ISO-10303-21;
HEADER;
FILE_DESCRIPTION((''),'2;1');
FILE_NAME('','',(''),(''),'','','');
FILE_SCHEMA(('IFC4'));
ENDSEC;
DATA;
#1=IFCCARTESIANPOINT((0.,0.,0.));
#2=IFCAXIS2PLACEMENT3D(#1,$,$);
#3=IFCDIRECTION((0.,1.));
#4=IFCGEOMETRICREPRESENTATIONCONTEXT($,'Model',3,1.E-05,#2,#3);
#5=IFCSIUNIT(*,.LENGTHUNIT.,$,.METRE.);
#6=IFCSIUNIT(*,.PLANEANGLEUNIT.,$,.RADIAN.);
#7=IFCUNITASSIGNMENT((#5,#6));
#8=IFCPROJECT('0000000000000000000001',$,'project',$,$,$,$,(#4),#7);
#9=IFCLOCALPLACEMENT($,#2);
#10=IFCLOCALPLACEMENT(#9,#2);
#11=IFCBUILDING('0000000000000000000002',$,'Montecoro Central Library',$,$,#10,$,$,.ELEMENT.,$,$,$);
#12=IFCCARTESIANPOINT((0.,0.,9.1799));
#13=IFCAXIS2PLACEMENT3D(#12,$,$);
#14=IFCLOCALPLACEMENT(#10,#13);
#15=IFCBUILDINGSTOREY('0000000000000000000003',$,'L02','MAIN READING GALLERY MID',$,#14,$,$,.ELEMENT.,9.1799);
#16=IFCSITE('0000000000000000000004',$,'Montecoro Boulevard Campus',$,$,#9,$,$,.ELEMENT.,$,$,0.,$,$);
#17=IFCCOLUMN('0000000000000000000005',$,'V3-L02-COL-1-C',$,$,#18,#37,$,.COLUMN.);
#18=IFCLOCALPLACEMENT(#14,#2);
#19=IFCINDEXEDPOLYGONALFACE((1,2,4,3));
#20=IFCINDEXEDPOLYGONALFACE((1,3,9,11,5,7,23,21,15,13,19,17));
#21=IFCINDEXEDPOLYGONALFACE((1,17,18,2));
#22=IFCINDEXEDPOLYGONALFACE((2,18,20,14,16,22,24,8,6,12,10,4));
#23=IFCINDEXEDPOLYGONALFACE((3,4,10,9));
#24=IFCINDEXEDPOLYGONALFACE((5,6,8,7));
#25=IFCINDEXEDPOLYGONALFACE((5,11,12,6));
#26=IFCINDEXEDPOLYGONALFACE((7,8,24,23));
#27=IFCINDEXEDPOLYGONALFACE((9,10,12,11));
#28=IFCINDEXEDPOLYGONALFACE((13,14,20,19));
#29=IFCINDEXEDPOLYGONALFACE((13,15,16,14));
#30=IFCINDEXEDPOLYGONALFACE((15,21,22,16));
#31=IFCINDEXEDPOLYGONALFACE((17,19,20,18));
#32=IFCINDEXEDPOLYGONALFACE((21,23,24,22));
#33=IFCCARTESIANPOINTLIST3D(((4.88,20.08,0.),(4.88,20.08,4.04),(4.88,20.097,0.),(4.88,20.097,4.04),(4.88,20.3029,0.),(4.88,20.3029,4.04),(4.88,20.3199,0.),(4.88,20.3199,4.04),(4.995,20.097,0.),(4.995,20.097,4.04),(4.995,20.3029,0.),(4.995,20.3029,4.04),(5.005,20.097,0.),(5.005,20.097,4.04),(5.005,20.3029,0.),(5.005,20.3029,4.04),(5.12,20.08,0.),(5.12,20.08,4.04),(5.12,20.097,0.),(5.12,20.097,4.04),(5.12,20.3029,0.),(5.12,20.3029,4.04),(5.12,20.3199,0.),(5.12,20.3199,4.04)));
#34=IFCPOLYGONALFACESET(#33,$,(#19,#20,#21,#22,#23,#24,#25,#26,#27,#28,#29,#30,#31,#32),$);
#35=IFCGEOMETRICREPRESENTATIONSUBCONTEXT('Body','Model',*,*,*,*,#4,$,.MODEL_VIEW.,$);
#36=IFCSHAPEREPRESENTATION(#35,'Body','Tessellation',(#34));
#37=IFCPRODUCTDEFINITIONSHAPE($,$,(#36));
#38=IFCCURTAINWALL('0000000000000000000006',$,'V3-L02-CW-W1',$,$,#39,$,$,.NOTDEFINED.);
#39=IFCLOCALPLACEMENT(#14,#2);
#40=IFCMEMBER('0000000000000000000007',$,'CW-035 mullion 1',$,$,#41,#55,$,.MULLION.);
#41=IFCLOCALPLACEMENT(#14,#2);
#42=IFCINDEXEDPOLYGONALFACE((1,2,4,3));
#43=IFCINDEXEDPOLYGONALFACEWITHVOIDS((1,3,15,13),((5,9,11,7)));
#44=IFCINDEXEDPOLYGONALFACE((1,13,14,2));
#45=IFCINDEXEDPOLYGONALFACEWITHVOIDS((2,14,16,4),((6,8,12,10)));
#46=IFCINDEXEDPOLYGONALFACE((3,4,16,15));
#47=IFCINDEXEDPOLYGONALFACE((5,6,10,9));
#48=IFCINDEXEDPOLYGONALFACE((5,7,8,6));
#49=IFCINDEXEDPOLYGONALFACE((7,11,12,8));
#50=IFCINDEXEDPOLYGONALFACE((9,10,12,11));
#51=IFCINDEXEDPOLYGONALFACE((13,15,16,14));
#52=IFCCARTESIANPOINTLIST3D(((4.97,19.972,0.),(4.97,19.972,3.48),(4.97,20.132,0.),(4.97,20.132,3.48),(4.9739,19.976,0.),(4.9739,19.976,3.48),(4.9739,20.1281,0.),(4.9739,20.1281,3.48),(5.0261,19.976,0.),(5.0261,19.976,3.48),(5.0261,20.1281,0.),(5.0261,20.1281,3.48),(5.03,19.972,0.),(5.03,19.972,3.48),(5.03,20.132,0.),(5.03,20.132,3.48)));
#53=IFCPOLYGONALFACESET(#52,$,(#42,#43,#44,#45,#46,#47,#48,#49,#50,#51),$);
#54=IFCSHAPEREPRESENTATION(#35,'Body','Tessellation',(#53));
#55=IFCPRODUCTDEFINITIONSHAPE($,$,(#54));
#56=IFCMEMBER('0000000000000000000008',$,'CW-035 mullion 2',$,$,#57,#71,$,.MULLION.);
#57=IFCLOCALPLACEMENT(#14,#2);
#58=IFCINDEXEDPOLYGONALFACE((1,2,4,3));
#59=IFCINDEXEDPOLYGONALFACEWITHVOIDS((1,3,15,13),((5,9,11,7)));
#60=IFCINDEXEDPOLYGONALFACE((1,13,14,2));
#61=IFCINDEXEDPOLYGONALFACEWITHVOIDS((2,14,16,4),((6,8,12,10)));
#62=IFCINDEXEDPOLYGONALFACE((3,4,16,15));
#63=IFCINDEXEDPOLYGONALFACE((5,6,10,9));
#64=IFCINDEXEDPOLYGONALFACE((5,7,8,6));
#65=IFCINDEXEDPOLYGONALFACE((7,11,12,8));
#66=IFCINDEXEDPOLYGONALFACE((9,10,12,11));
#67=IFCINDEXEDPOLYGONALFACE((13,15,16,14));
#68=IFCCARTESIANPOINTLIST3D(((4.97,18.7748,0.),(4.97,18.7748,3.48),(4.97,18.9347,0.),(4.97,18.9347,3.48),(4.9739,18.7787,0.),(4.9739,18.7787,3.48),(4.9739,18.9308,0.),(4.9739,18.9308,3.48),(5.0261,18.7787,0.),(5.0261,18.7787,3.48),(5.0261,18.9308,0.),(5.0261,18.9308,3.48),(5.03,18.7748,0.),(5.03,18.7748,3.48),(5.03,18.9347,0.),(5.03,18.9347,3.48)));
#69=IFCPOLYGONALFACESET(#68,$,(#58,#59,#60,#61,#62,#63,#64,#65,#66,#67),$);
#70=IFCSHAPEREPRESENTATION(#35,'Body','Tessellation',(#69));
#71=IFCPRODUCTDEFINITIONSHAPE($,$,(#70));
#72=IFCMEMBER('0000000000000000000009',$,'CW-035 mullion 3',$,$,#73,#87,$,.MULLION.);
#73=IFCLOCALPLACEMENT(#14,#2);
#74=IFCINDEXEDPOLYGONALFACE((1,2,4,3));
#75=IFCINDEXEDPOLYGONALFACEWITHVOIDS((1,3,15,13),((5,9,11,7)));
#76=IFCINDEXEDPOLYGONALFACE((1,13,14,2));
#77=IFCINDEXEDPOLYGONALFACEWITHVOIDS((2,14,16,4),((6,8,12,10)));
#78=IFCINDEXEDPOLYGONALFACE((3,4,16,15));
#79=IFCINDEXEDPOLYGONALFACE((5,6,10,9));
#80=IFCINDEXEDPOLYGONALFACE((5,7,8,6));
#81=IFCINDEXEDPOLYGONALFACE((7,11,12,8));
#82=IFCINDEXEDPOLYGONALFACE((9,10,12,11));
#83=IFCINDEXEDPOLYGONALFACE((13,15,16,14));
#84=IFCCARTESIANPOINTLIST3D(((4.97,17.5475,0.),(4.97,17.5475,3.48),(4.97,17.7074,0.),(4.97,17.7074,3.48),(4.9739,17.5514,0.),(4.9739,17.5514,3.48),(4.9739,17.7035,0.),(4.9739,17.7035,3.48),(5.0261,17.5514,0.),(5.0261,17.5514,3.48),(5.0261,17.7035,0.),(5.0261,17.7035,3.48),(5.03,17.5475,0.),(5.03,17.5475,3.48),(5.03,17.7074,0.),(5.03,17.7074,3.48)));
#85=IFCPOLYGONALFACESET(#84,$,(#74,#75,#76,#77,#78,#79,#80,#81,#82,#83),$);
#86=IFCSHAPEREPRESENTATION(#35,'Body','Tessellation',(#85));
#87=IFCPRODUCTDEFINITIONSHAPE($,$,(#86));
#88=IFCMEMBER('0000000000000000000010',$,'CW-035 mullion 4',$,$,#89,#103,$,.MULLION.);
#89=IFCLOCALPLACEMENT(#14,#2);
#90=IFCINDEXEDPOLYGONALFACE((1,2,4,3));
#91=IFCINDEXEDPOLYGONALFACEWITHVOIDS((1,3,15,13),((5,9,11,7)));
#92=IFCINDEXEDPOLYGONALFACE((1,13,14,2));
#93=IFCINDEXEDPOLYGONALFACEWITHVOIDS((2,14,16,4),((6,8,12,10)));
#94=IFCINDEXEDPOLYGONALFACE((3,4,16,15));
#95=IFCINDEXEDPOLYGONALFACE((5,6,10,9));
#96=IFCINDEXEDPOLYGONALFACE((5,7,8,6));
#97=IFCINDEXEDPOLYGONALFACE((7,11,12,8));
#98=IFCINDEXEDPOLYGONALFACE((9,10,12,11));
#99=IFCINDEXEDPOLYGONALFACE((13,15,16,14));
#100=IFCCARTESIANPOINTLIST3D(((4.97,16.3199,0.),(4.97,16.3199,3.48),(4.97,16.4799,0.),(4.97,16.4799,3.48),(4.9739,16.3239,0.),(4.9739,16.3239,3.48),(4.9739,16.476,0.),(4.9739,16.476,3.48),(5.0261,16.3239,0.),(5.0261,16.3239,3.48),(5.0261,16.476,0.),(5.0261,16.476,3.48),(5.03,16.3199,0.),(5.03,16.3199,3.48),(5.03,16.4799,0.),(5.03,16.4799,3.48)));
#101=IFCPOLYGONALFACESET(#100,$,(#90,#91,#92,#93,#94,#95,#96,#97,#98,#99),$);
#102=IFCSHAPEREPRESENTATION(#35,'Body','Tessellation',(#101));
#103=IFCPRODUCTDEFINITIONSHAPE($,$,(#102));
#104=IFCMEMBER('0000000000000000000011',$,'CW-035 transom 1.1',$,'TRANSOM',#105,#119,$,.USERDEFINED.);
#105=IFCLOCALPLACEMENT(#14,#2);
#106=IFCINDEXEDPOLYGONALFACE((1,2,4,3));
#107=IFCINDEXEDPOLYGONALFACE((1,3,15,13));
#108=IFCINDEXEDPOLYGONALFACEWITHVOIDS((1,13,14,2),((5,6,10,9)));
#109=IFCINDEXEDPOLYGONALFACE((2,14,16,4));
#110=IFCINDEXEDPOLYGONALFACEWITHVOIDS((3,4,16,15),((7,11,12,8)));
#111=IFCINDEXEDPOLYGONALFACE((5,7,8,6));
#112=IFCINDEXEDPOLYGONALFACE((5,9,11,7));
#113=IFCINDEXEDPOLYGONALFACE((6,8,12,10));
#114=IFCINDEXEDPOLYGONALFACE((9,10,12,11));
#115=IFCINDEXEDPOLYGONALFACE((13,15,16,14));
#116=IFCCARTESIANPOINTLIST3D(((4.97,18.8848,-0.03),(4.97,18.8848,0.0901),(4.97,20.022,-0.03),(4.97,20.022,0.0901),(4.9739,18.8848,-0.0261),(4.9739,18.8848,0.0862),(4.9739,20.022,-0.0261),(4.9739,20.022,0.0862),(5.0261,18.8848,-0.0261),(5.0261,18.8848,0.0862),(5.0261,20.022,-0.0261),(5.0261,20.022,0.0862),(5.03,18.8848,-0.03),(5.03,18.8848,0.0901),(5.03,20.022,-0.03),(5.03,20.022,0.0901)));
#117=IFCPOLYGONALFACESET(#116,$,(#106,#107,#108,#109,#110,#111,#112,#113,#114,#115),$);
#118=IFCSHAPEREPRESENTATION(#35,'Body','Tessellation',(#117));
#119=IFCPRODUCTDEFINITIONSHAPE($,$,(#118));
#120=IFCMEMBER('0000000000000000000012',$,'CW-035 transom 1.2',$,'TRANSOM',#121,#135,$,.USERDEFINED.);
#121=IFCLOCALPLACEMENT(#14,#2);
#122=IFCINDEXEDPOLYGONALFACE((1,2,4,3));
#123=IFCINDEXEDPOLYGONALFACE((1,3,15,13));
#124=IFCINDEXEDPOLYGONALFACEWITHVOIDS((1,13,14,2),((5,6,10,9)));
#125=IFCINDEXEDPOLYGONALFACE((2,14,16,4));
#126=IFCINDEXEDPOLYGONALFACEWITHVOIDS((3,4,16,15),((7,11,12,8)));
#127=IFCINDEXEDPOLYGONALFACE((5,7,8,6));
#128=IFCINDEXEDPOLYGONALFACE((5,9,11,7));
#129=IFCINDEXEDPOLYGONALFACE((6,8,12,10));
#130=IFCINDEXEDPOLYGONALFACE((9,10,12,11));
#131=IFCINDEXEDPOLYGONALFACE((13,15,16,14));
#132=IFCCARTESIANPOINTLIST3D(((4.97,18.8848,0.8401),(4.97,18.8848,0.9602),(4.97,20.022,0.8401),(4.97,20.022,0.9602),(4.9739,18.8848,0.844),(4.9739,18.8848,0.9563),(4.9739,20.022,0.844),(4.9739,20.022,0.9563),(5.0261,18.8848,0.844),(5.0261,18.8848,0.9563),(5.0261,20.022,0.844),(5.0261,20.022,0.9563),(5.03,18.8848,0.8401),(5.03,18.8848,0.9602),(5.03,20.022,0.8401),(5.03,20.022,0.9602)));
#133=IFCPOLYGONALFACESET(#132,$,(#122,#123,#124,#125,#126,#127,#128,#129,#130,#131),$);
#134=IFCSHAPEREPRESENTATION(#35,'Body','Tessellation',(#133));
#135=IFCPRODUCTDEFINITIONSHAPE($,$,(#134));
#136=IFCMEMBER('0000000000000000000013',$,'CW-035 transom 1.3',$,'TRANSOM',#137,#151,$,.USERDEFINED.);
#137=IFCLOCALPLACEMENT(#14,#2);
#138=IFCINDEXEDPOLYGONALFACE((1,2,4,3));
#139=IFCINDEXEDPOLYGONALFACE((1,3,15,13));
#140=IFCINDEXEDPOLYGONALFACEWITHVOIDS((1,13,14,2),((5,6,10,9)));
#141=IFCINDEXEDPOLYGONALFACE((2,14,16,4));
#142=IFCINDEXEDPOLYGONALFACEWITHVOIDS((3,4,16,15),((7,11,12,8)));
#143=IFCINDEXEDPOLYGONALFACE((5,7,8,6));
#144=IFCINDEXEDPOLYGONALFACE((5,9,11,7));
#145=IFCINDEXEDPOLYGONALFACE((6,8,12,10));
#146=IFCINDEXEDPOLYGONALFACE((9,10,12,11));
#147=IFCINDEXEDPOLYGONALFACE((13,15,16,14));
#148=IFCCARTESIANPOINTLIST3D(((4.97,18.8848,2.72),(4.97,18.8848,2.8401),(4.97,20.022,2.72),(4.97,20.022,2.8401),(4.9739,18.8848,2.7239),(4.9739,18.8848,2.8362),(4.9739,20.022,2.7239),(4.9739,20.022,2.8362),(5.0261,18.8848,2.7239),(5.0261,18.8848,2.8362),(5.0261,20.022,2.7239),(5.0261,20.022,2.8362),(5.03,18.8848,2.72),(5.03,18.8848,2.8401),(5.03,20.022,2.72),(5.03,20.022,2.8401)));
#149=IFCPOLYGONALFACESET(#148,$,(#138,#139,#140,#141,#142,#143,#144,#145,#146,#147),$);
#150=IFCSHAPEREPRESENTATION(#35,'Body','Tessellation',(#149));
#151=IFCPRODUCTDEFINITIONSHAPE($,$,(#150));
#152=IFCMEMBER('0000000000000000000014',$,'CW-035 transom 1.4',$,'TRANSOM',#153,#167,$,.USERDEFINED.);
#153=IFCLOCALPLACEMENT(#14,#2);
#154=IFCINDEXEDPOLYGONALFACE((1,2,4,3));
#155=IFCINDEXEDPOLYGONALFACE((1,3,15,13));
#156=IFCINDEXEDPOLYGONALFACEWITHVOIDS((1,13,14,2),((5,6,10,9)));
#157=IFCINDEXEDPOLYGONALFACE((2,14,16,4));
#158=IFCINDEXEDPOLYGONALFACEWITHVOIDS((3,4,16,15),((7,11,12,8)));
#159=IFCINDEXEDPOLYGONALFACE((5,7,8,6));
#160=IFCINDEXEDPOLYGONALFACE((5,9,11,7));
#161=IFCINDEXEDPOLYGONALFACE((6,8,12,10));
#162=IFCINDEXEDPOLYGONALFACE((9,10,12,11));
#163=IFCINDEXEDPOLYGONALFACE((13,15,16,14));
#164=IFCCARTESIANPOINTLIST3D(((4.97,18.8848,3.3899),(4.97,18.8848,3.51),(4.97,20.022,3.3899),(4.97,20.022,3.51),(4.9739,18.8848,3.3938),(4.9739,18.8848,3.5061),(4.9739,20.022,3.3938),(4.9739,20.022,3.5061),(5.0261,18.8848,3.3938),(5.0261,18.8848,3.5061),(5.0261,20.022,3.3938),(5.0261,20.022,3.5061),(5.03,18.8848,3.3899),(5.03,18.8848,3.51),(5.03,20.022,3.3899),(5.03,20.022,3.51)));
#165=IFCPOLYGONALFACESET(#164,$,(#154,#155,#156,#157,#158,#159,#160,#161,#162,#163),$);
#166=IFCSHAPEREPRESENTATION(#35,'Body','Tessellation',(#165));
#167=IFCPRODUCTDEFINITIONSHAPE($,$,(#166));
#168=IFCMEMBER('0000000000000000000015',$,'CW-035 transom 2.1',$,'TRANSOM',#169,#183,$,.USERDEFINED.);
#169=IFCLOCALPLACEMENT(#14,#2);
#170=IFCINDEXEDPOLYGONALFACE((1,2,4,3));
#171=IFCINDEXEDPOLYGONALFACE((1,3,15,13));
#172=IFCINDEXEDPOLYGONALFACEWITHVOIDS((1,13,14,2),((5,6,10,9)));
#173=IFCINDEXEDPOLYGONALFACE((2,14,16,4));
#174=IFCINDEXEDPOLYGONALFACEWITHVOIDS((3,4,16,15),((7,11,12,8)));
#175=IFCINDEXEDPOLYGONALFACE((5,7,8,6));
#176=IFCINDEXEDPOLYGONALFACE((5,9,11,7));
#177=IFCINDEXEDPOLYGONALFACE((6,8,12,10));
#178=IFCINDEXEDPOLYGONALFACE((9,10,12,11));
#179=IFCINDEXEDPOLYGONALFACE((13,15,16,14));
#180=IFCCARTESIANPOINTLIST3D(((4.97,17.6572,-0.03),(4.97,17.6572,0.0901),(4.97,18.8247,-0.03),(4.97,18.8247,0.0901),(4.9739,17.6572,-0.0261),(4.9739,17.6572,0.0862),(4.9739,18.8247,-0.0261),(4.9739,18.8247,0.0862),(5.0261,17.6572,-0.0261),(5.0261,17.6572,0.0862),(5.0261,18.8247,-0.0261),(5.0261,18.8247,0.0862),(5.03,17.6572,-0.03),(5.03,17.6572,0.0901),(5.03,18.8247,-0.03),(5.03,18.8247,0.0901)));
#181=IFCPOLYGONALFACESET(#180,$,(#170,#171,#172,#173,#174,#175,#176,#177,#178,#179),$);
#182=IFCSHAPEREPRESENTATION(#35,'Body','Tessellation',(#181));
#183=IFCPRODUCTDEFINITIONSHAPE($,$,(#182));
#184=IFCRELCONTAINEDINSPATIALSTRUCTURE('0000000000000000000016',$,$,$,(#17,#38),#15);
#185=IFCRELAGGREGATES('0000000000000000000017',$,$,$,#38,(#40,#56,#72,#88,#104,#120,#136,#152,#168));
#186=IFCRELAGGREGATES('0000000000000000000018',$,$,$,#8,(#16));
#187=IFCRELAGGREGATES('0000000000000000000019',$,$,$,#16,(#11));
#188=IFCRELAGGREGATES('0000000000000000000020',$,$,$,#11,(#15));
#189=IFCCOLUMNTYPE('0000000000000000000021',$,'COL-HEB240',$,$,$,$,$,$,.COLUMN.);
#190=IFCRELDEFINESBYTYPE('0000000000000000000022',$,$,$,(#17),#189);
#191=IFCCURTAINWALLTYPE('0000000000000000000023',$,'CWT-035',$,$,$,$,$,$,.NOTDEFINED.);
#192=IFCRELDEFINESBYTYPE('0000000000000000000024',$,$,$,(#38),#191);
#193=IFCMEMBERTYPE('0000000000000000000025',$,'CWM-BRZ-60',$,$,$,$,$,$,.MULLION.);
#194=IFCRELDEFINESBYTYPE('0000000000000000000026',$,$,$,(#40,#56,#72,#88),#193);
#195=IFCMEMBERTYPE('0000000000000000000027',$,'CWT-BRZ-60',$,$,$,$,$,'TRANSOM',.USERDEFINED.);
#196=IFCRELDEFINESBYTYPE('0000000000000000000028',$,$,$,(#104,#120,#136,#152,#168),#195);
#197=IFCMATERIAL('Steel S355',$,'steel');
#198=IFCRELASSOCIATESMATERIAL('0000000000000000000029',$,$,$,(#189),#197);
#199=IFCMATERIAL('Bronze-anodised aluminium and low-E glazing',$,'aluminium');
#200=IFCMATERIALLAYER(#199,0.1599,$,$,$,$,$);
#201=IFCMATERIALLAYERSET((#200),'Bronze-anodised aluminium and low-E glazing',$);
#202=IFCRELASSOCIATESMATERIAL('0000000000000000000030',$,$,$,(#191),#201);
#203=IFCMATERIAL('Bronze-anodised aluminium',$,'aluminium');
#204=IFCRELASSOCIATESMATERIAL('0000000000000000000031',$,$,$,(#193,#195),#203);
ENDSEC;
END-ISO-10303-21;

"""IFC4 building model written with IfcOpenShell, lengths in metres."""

from ifc_helpers import new_model, si_unit, direction, frame, origin, origin_2d, place, context, subcontext, project, spatial, hollow_rectangle, i_section, extrude, material, layer, layer_set, material_profile, profile_set, type_object, element, aggregate, save


model = new_model("IFC4")

# Units and contexts
model_context = context("Model", 3, precision=1e-05, world=origin(), true_north=direction((0.0, 1.0)))
body_context = subcontext(model_context, "Body", "Model", "MODEL_VIEW")
ifc_project = project(units=[si_unit("LENGTHUNIT", "METRE"), si_unit("PLANEANGLEUNIT", "RADIAN")], contexts=[model_context])

# Site, building, storey
site_placement = place(None, origin())
site = spatial("IfcSite", under=ifc_project, at=site_placement, Name="Montecoro Boulevard Campus", CompositionType="ELEMENT", RefElevation=0.0)
building_placement = place(site_placement, origin())
building = spatial("IfcBuilding", under=site, at=building_placement, Name="Montecoro Central Library", CompositionType="ELEMENT")
storey_placement = place(building_placement, frame((0.0, 0.0, 9.1799)))
storey = spatial("IfcBuildingStorey", under=building, at=storey_placement, Name="L02", Description="MAIN READING GALLERY MID", CompositionType="ELEMENT", Elevation=9.1799)

# Column
ifc_material_1 = material(Name="Steel S355", Category="steel")
ifc_material_profile_1 = material_profile(ifc_material_1, i_section(OverallWidth=0.24, OverallDepth=0.24, WebThickness=0.01, FlangeThickness=0.0171, at=origin_2d()), Name="HEB 240")
ifc_profile_set_1 = profile_set([ifc_material_profile_1], Name="Steel S355")
column_type = type_object("IfcColumnType", Name="COL-HEB240", PredefinedType="COLUMN", material=ifc_profile_set_1)
column_placement = place(storey_placement, frame((5.0, 20.2, 0.0), z_axis=(0.0, 0.0, 1.0), x_axis=(1.0, 0.0, 0.0)))
element("IfcColumn", 1, at=column_placement, inside=storey, type_object=column_type, Name="V3-L02-COL-1-C", PredefinedType="COLUMN", context=body_context, shape_type="SweptSolid", body=[
    extrude(i_section(OverallWidth=0.24, OverallDepth=0.24, WebThickness=0.01, FlangeThickness=0.0171, at=origin_2d()), origin(), (0.0, 0.0, 1.0), 4.04),
])

# Curtain wall, members
ifc_material_2 = material(Name="Bronze-anodised aluminium and low-E glazing", Category="aluminium")
ifc_layer_1 = layer(ifc_material_2, 0.1599)
ifc_layer_set_1 = layer_set([ifc_layer_1], Name="Bronze-anodised aluminium and low-E glazing")
curtain_wall_type = type_object("IfcCurtainWallType", Name="CWT-035", PredefinedType="NOTDEFINED", material=ifc_layer_set_1)
curtain_wall_placement = place(storey_placement, origin())
curtain_wall = element("IfcCurtainWall", 2, at=curtain_wall_placement, inside=storey, type_object=curtain_wall_type, Name="V3-L02-CW-W1", PredefinedType="NOTDEFINED")
ifc_material_3 = material(Name="Bronze-anodised aluminium", Category="aluminium")
ifc_material_profile_2 = material_profile(ifc_material_3, hollow_rectangle(XDim=0.0601, YDim=0.1599, WallThickness=0.0039, at=origin_2d()), Name="CWM 160x60x4.0")
ifc_profile_set_2 = profile_set([ifc_material_profile_2], Name="Bronze-anodised aluminium")
member_type_1 = type_object("IfcMemberType", Name="CWM-BRZ-60", PredefinedType="MULLION", material=ifc_profile_set_2)
member_1_placement = place(storey_placement, frame((5.0, 20.052, 0.0), z_axis=(0.0, 0.0, 1.0), x_axis=(1.0, 0.0, 0.0)))
member_1 = element("IfcMember", 3, at=member_1_placement, type_object=member_type_1, Name="CW-035 mullion 1", PredefinedType="MULLION", context=body_context, shape_type="SweptSolid", body=[
    extrude(hollow_rectangle(XDim=0.0601, YDim=0.1599, WallThickness=0.0039, at=origin_2d()), origin(), (0.0, 0.0, 1.0), 3.48),
])
member_2_placement = place(storey_placement, frame((5.0, 18.8547, 0.0), z_axis=(0.0, 0.0, 1.0), x_axis=(1.0, 0.0, 0.0)))
member_2 = element("IfcMember", 4, at=member_2_placement, type_object=member_type_1, Name="CW-035 mullion 2", PredefinedType="MULLION", context=body_context, shape_type="SweptSolid", body=[
    extrude(hollow_rectangle(XDim=0.0601, YDim=0.1599, WallThickness=0.0039, at=origin_2d()), origin(), (0.0, 0.0, 1.0), 3.48),
])
member_3_placement = place(storey_placement, frame((5.0, 17.6274, 0.0), z_axis=(0.0, 0.0, 1.0), x_axis=(1.0, 0.0, 0.0)))
member_3 = element("IfcMember", 5, at=member_3_placement, type_object=member_type_1, Name="CW-035 mullion 3", PredefinedType="MULLION", context=body_context, shape_type="SweptSolid", body=[
    extrude(hollow_rectangle(XDim=0.0601, YDim=0.1599, WallThickness=0.0039, at=origin_2d()), origin(), (0.0, 0.0, 1.0), 3.48),
])
member_4_placement = place(storey_placement, frame((5.0, 16.3999, 0.0), z_axis=(0.0, 0.0, 1.0), x_axis=(1.0, 0.0, 0.0)))
member_4 = element("IfcMember", 6, at=member_4_placement, type_object=member_type_1, Name="CW-035 mullion 4", PredefinedType="MULLION", context=body_context, shape_type="SweptSolid", body=[
    extrude(hollow_rectangle(XDim=0.0601, YDim=0.1599, WallThickness=0.0039, at=origin_2d()), origin(), (0.0, 0.0, 1.0), 3.48),
])
ifc_material_profile_3 = material_profile(ifc_material_3, hollow_rectangle(XDim=0.0601, YDim=0.1201, WallThickness=0.0039, at=origin_2d()), Name="CWT 120x60x4.0")
ifc_profile_set_3 = profile_set([ifc_material_profile_3], Name="Bronze-anodised aluminium")
member_type_2 = type_object("IfcMemberType", Name="CWT-BRZ-60", ElementType="TRANSOM", PredefinedType="USERDEFINED", material=ifc_profile_set_3)
member_5_placement = place(storey_placement, frame((5.0, 20.022, 0.03), z_axis=(0.0, -1.0, 0.0), x_axis=(1.0, 0.0, 0.0)))
member_5 = element("IfcMember", 7, at=member_5_placement, type_object=member_type_2, Name="CW-035 transom 1.1", ObjectType="TRANSOM", PredefinedType="USERDEFINED", context=body_context, shape_type="SweptSolid", body=[
    extrude(hollow_rectangle(XDim=0.0601, YDim=0.1201, WallThickness=0.0039, at=origin_2d()), origin(), (0.0, 0.0, 1.0), 1.1372),
])
member_6_placement = place(storey_placement, frame((5.0, 20.022, 0.9001), z_axis=(0.0, -1.0, 0.0), x_axis=(1.0, 0.0, 0.0)))
member_6 = element("IfcMember", 8, at=member_6_placement, type_object=member_type_2, Name="CW-035 transom 1.2", ObjectType="TRANSOM", PredefinedType="USERDEFINED", context=body_context, shape_type="SweptSolid", body=[
    extrude(hollow_rectangle(XDim=0.0601, YDim=0.1201, WallThickness=0.0039, at=origin_2d()), origin(), (0.0, 0.0, 1.0), 1.1372),
])
member_7_placement = place(storey_placement, frame((5.0, 20.022, 2.78), z_axis=(0.0, -1.0, 0.0), x_axis=(1.0, 0.0, 0.0)))
member_7 = element("IfcMember", 9, at=member_7_placement, type_object=member_type_2, Name="CW-035 transom 1.3", ObjectType="TRANSOM", PredefinedType="USERDEFINED", context=body_context, shape_type="SweptSolid", body=[
    extrude(hollow_rectangle(XDim=0.0601, YDim=0.1201, WallThickness=0.0039, at=origin_2d()), origin(), (0.0, 0.0, 1.0), 1.1372),
])
member_8_placement = place(storey_placement, frame((5.0, 20.022, 3.45), z_axis=(0.0, -1.0, 0.0), x_axis=(1.0, 0.0, 0.0)))
member_8 = element("IfcMember", 10, at=member_8_placement, type_object=member_type_2, Name="CW-035 transom 1.4", ObjectType="TRANSOM", PredefinedType="USERDEFINED", context=body_context, shape_type="SweptSolid", body=[
    extrude(hollow_rectangle(XDim=0.0601, YDim=0.1201, WallThickness=0.0039, at=origin_2d()), origin(), (0.0, 0.0, 1.0), 1.1372),
])
member_9_placement = place(storey_placement, frame((5.0, 18.8247, 0.03), z_axis=(0.0, -1.0, 0.0), x_axis=(1.0, 0.0, 0.0)))
member_9 = element("IfcMember", 11, at=member_9_placement, type_object=member_type_2, Name="CW-035 transom 2.1", ObjectType="TRANSOM", PredefinedType="USERDEFINED", context=body_context, shape_type="SweptSolid", body=[
    extrude(hollow_rectangle(XDim=0.0601, YDim=0.1201, WallThickness=0.0039, at=origin_2d()), origin(), (0.0, 0.0, 1.0), 1.1675),
])
aggregate(curtain_wall, [member_1, member_2, member_3, member_4, member_5, member_6, member_7, member_8, member_9])

save(model, "model.ifc")
